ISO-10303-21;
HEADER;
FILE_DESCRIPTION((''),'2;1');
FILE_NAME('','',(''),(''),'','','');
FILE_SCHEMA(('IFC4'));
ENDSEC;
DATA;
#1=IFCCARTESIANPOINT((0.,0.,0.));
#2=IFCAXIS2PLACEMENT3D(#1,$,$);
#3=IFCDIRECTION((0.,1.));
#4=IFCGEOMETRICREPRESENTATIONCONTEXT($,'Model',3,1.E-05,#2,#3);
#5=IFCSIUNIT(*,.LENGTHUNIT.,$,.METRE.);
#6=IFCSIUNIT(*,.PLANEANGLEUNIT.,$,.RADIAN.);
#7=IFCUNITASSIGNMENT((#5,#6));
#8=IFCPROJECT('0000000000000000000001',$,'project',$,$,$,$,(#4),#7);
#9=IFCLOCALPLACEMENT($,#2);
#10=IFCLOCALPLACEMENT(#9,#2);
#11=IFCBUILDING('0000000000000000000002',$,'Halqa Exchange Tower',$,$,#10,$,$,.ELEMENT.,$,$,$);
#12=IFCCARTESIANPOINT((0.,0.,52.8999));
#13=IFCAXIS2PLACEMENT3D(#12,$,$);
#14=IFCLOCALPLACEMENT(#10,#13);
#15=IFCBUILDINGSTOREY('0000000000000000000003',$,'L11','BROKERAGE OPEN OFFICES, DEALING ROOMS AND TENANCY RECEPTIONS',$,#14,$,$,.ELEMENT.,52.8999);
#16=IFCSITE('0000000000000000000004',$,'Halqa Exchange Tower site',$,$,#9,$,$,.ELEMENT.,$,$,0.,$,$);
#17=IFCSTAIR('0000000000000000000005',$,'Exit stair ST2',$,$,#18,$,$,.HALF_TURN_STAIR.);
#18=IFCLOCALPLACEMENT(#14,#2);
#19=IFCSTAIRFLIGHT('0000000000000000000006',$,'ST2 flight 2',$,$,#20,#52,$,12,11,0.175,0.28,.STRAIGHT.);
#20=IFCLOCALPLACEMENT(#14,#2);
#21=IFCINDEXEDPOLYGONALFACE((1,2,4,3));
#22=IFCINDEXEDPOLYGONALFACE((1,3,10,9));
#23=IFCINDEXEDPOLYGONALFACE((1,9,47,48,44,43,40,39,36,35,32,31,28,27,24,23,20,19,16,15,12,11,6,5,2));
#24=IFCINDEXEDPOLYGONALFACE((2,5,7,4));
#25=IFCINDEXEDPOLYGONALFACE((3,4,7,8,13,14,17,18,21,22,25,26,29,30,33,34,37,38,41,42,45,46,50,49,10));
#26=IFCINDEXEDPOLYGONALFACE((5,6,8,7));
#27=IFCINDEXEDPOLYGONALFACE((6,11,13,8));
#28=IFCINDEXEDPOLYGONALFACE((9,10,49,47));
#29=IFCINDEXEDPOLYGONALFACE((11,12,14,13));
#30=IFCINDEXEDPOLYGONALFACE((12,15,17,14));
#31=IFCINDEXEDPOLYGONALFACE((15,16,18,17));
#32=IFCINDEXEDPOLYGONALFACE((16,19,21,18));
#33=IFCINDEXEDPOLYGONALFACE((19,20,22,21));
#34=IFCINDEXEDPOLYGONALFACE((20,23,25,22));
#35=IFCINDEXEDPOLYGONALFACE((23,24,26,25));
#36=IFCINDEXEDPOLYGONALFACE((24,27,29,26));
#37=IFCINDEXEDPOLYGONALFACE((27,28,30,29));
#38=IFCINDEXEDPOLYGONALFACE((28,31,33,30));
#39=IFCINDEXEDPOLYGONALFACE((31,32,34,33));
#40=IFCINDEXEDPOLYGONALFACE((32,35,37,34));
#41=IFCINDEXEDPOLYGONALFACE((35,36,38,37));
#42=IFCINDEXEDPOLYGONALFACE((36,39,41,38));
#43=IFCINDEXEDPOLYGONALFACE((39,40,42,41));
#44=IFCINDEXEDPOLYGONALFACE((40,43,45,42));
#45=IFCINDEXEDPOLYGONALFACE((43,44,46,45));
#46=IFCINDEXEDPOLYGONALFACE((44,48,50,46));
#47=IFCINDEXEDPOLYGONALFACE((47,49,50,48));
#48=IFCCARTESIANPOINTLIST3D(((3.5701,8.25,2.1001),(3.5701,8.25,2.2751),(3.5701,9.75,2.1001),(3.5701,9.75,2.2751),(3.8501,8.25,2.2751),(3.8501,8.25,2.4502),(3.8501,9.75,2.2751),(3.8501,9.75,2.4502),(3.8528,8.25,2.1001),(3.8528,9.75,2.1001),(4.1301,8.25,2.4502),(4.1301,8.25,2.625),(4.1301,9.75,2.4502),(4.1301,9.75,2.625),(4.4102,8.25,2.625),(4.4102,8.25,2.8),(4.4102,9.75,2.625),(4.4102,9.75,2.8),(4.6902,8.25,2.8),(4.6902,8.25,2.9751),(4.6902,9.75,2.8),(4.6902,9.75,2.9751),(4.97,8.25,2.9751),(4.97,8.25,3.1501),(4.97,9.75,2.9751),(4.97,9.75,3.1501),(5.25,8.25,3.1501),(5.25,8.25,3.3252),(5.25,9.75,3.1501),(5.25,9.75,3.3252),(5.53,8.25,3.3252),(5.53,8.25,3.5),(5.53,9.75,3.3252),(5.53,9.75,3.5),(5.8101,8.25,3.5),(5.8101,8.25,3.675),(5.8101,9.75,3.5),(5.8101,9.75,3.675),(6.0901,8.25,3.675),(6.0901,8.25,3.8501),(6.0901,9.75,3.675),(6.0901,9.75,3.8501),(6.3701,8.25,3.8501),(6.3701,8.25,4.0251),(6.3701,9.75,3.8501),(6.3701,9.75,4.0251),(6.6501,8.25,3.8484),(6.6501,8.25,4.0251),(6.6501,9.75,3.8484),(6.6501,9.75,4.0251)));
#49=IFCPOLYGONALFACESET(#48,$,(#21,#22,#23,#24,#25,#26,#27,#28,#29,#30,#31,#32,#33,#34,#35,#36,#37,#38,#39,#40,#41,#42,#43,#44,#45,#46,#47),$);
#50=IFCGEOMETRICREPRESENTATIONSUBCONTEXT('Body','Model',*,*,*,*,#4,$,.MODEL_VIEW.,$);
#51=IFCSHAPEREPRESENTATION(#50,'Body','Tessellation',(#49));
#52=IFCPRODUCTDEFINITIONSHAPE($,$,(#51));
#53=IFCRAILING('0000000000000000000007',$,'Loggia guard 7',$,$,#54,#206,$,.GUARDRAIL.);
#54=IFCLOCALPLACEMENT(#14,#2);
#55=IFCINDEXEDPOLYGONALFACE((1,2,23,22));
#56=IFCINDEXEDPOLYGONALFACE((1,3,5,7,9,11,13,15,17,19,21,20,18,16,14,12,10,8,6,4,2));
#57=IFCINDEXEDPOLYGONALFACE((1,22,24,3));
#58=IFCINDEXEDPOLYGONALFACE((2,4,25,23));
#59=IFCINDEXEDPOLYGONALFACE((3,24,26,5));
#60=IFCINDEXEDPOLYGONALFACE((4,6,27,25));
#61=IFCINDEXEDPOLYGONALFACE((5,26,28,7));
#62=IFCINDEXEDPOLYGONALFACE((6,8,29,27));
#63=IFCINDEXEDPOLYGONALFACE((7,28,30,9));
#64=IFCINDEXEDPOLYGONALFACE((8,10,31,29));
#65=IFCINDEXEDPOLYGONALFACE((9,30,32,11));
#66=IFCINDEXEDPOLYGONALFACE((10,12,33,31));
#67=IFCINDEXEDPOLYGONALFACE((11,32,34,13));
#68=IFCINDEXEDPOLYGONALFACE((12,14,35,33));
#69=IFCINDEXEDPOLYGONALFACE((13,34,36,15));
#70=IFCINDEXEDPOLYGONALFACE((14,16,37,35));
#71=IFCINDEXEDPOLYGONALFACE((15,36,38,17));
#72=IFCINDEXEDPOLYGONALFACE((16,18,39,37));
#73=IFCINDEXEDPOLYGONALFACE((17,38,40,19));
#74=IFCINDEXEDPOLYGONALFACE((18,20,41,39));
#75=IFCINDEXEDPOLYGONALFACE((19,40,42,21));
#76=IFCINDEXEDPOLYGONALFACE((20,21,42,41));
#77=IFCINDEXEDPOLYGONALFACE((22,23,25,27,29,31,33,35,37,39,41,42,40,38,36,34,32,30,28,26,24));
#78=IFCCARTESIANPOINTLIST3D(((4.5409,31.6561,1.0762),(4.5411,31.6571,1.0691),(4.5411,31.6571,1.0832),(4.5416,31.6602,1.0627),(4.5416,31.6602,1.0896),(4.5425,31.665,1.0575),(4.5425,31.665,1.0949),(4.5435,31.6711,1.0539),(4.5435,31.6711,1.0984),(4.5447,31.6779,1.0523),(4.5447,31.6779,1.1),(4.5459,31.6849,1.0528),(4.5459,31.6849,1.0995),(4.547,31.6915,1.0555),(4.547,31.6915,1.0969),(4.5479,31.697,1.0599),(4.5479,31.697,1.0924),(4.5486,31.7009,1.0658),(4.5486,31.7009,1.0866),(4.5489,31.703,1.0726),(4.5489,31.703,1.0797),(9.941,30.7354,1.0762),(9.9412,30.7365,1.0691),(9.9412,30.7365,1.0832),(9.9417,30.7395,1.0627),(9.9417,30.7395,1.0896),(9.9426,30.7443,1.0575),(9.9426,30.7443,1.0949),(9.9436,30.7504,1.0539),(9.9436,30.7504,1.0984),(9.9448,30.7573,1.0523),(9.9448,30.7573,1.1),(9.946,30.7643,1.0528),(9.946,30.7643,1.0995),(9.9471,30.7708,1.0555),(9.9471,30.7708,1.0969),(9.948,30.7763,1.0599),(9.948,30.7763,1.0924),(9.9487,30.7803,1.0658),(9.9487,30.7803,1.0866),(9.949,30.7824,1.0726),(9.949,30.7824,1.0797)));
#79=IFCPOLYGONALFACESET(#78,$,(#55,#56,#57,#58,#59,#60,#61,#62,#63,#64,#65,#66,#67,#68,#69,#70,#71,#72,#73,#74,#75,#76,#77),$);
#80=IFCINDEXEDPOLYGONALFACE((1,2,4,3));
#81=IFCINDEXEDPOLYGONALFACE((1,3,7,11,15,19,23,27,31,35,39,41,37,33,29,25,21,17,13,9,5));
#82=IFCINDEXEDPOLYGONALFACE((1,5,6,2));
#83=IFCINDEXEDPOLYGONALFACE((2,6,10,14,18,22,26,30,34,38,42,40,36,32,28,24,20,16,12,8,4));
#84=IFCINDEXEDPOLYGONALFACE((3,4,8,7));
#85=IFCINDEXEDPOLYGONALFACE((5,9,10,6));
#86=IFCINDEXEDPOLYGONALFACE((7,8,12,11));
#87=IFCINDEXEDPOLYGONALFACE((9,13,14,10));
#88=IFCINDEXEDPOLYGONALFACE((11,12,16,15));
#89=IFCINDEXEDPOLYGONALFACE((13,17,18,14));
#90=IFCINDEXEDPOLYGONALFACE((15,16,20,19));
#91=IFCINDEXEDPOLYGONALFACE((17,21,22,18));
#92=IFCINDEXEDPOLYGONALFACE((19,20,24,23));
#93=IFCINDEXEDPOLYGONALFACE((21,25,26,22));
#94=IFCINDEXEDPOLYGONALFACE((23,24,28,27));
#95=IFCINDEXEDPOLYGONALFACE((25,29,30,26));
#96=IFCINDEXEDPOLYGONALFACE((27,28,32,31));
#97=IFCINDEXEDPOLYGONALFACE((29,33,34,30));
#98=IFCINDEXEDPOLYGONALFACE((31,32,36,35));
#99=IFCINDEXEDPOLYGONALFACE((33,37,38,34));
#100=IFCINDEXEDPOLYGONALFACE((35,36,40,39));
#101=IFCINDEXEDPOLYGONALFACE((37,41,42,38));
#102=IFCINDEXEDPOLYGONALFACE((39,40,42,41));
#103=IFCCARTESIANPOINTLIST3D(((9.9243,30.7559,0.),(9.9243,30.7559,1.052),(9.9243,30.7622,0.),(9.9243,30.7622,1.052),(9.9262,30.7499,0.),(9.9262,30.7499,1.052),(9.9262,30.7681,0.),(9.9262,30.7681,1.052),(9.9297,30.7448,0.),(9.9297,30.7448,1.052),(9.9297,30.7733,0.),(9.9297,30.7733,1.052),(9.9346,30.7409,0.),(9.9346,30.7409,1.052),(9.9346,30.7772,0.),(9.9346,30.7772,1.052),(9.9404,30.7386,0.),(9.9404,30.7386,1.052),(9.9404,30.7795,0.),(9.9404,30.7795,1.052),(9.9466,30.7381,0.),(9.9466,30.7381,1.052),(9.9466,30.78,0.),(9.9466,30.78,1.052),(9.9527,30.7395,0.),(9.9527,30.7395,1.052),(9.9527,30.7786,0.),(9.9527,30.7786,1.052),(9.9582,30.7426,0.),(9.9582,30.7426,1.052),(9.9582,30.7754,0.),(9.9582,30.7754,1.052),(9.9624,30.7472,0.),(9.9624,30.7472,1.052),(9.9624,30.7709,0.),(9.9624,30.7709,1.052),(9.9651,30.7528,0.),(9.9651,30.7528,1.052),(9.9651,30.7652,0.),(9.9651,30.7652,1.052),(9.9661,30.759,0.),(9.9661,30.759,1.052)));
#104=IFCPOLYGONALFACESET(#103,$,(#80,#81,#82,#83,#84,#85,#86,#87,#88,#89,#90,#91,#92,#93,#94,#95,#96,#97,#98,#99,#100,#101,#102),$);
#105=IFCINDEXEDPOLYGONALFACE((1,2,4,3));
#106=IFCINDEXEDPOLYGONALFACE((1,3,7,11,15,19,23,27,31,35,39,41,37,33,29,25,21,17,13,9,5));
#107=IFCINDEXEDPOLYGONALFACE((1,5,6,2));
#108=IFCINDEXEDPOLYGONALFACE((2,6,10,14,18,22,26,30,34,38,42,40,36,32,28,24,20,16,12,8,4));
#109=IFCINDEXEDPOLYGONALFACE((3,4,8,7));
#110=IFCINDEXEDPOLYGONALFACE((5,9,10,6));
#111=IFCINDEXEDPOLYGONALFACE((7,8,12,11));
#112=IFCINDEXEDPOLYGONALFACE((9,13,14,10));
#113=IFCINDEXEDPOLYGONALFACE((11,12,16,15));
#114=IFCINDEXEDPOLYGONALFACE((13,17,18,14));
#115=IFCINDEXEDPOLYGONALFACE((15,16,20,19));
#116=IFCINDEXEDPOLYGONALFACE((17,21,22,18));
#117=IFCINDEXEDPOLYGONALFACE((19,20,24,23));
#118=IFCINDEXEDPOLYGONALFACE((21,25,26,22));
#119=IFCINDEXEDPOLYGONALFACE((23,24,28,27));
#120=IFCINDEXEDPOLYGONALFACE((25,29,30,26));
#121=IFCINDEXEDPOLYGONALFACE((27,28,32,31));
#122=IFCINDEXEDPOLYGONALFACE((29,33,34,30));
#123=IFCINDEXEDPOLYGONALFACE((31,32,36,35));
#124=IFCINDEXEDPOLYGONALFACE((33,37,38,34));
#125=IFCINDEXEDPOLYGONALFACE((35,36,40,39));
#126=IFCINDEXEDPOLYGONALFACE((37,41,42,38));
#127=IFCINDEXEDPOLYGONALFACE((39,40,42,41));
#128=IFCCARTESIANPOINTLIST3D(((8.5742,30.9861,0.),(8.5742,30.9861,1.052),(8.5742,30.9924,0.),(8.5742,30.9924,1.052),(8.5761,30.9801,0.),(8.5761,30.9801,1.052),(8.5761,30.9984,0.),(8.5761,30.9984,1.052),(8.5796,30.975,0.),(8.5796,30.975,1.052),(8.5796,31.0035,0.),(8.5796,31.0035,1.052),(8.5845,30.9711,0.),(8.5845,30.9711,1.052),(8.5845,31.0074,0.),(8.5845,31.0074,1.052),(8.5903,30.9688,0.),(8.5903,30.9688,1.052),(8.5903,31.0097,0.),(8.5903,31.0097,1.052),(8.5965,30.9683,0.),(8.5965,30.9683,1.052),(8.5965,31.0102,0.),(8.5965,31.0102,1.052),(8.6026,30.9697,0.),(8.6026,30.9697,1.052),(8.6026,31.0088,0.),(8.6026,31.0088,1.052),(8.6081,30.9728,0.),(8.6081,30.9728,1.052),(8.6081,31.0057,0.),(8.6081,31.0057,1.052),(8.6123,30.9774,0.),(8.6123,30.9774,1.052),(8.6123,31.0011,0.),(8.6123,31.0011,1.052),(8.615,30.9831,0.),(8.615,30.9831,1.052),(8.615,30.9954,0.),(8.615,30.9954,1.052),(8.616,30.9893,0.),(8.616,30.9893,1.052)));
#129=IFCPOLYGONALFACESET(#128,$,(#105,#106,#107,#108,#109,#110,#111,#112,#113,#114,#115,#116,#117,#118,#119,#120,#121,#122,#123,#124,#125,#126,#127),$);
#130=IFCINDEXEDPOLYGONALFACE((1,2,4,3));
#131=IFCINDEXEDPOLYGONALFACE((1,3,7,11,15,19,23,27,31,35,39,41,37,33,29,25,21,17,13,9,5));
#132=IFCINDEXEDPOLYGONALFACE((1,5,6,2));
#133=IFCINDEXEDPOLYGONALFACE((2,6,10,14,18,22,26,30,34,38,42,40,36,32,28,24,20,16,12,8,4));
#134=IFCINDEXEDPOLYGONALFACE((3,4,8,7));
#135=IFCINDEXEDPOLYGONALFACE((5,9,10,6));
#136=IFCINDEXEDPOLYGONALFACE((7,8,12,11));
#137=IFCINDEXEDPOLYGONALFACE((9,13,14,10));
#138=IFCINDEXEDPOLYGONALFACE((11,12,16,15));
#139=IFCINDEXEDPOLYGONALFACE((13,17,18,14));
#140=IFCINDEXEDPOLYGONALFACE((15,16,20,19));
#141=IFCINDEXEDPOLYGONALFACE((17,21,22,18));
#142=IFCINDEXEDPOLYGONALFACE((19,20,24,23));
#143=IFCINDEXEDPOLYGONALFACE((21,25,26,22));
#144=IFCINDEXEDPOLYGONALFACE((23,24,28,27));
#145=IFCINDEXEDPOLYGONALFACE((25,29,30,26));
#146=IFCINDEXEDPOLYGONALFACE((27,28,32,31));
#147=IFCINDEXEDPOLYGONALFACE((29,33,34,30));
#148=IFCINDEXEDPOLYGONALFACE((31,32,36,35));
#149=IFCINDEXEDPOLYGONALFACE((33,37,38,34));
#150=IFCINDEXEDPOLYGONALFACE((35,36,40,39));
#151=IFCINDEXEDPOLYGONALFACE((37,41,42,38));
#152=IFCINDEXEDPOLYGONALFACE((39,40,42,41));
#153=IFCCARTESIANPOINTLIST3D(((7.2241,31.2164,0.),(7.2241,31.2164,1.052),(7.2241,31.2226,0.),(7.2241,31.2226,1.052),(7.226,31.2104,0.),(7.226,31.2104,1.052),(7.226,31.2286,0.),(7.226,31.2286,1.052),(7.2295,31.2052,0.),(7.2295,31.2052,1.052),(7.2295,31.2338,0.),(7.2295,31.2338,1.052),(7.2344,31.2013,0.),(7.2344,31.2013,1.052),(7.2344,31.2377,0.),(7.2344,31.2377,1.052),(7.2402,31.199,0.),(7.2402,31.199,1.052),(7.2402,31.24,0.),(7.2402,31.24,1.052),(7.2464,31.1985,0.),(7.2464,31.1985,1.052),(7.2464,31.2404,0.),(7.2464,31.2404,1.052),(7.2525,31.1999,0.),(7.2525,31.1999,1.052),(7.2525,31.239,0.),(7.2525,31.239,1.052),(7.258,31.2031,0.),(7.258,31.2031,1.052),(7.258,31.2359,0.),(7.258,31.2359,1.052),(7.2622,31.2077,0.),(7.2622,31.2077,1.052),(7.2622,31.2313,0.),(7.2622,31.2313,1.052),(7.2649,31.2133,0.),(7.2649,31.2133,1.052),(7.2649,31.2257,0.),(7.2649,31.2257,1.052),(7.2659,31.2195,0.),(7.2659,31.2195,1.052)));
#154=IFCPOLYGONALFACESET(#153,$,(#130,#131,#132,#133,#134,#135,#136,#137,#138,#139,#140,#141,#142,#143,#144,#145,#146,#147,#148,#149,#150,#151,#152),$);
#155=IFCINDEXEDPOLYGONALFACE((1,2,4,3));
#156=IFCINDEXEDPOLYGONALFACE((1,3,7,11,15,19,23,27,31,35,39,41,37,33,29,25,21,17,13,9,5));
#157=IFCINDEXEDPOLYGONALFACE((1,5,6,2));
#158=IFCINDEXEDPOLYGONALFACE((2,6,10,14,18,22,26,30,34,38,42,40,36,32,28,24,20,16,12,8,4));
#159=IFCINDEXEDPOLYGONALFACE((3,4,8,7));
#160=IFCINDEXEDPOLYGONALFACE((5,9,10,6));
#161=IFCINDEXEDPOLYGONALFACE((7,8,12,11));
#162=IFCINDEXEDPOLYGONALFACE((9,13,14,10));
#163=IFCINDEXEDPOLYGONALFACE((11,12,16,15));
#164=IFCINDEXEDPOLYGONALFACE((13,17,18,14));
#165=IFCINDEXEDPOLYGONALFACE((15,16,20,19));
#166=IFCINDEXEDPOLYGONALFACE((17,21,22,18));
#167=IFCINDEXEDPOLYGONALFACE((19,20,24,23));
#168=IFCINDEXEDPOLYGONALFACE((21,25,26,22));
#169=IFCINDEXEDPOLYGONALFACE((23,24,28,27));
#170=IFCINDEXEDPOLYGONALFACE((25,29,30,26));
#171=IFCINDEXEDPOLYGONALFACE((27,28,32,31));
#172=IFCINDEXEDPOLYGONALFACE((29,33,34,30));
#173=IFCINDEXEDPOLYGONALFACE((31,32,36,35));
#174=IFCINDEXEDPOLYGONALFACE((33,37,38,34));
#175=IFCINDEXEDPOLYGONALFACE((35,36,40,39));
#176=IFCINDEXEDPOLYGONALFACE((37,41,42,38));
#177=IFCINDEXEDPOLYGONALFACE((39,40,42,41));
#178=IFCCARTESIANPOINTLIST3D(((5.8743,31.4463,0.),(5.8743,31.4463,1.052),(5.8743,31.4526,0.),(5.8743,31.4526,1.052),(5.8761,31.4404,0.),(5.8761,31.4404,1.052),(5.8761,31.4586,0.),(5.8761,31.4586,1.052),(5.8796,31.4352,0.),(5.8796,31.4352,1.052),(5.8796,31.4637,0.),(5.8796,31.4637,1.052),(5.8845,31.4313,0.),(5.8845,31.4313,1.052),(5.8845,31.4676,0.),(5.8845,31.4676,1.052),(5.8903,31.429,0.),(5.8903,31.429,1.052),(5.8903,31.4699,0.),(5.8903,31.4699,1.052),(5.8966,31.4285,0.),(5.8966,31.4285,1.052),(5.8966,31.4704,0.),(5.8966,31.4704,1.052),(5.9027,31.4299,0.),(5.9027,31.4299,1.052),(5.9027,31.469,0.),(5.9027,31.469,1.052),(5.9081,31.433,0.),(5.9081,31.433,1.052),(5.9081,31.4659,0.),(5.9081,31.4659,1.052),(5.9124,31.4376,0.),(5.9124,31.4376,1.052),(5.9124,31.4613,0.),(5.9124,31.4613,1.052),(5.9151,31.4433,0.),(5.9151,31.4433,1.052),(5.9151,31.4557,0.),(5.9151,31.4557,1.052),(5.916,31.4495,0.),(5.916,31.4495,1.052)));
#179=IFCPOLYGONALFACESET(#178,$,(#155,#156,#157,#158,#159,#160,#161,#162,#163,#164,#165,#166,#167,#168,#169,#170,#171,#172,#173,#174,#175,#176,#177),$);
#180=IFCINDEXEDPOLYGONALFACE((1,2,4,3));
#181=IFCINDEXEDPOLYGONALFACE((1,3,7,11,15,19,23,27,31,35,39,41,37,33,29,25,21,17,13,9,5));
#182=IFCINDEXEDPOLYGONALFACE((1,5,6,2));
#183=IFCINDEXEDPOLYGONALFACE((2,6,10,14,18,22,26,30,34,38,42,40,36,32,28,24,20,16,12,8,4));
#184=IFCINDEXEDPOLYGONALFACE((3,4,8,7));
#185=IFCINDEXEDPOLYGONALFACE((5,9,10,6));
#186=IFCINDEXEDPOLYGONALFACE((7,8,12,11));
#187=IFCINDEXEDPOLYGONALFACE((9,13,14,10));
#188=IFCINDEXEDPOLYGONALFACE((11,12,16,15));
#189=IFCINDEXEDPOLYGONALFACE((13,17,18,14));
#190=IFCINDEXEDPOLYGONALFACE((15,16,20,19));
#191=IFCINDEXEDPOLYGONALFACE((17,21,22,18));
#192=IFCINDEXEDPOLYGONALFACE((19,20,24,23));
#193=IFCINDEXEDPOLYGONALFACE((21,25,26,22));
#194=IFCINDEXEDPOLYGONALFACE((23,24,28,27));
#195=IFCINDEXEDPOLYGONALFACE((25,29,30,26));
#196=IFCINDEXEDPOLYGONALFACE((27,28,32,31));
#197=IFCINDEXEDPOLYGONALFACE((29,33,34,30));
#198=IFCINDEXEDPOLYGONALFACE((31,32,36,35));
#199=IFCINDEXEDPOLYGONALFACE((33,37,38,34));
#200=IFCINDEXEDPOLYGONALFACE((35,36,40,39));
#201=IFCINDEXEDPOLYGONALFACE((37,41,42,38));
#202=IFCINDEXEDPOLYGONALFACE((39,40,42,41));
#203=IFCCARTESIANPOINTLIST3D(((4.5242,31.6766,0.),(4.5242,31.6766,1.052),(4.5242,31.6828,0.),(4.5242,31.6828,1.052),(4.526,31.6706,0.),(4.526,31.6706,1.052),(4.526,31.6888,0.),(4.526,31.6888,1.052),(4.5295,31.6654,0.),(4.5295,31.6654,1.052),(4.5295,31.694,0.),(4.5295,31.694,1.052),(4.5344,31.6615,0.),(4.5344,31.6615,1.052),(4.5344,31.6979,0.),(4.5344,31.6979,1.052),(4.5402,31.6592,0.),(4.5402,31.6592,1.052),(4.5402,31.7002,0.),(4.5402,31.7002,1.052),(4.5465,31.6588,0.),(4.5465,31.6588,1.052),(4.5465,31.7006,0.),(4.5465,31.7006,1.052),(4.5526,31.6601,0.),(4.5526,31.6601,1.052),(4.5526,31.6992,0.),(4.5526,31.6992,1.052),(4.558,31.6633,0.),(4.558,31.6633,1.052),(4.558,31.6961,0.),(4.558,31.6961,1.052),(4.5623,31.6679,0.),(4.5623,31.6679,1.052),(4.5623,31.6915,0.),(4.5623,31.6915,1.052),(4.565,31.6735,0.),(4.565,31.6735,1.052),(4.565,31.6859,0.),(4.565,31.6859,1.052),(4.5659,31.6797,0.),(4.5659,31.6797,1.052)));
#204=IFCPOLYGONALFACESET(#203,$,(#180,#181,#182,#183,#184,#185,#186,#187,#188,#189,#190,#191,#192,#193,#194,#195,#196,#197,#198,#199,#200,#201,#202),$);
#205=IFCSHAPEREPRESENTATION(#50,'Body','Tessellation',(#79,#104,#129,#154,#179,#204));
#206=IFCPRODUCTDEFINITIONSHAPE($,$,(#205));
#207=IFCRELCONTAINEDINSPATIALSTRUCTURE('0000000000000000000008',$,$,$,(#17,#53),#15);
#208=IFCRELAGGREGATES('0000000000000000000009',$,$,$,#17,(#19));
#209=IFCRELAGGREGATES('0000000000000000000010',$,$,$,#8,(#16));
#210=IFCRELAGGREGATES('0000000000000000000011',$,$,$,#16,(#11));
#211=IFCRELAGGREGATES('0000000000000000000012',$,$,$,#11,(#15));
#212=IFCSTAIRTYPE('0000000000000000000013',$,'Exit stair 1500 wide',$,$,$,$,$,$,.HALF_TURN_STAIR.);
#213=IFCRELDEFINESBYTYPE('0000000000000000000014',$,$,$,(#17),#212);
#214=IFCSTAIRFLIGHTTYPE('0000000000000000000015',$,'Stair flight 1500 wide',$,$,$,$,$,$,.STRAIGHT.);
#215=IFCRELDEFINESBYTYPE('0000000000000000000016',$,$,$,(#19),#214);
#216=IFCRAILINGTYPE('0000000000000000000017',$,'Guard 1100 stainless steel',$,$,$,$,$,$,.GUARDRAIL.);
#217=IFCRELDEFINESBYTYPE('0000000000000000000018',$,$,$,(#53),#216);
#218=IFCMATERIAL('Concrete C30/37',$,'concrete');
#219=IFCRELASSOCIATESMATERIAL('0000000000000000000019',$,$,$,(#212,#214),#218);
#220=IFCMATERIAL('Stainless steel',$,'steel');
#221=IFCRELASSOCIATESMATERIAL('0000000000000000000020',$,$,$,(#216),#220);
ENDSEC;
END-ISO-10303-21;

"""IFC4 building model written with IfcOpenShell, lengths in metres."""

from ifc_helpers import new_model, si_unit, direction, frame, origin, origin_2d, place, context, subcontext, project, spatial, polyline, circle, outline, extrude, material, type_object, element, aggregate, save


model = new_model("IFC4")

# Units and contexts
model_context = context("Model", 3, precision=1e-05, world=origin(), true_north=direction((0.0, 1.0)))
body_context = subcontext(model_context, "Body", "Model", "MODEL_VIEW")
ifc_project = project(units=[si_unit("LENGTHUNIT", "METRE"), si_unit("PLANEANGLEUNIT", "RADIAN")], contexts=[model_context])

# Site, building, storey
site_placement = place(None, origin())
site = spatial("IfcSite", under=ifc_project, at=site_placement, Name="Halqa Exchange Tower site", CompositionType="ELEMENT", RefElevation=0.0)
building_placement = place(site_placement, origin())
building = spatial("IfcBuilding", under=site, at=building_placement, Name="Halqa Exchange Tower", CompositionType="ELEMENT")
storey_placement = place(building_placement, frame((0.0, 0.0, 52.8999)))
storey = spatial("IfcBuildingStorey", under=building, at=storey_placement, Name="L11", Description="BROKERAGE OPEN OFFICES, DEALING ROOMS AND TENANCY RECEPTIONS", CompositionType="ELEMENT", Elevation=52.8999)

# Stair
ifc_material_1 = material(Name="Concrete C30/37", Category="concrete")
stair_type = type_object("IfcStairType", Name="Exit stair 1500 wide", PredefinedType="HALF_TURN_STAIR", material=ifc_material_1)
stair_1_placement = place(storey_placement, origin())
stair_1 = element("IfcStair", 1, at=stair_1_placement, inside=storey, type_object=stair_type, Name="Exit stair ST2", PredefinedType="HALF_TURN_STAIR")

# Stair flight
stair_flight_type = type_object("IfcStairFlightType", Name="Stair flight 1500 wide", PredefinedType="STRAIGHT", material=ifc_material_1)
stair_flight_1_placement = place(storey_placement, frame((3.5701, 9.0, 2.1001), z_axis=(0.0, 0.0, 1.0), x_axis=(1.0, 0.0, 0.0)))
stair_flight_1 = element("IfcStairFlight", 2, at=stair_flight_1_placement, type_object=stair_flight_type, Name="ST2 flight 2", NumberOfRisers=12, NumberOfTreads=11, PredefinedType="STRAIGHT", RiserHeight=0.175, TreadLength=0.28, context=body_context, shape_type="SweptSolid", body=[
    extrude(outline(polyline([(0.0, 0.0), (0.0, 0.175), (0.28, 0.175), (0.28, 0.3501), (0.5601, 0.3501), (0.5601, 0.5249), (0.8401, 0.5249), (0.8401, 0.7), (1.1201, 0.7), (1.1201, 0.875), (1.3999, 0.875), (1.3999, 1.05), (1.6799, 1.05), (1.6799, 1.2251), (1.96, 1.2251), (1.96, 1.3999), (2.24, 1.3999), (2.24, 1.575), (2.52, 1.575), (2.52, 1.75), (2.8, 1.75), (2.8, 1.925), (3.0801, 1.925), (3.0801, 2.1001), (3.0801, 1.7483), (0.2827, 0.0), (0.0, 0.0)])), frame((0.0, 0.75, 0.0), z_axis=(0.0, -1.0, 0.0), x_axis=(1.0, 0.0, 0.0)), (0.0, 0.0, 1.0), 1.5),
])
aggregate(stair_1, [stair_flight_1])

# Railing
ifc_material_2 = material(Name="Stainless steel", Category="steel")
railing_type_1 = type_object("IfcRailingType", Name="Guard 1100 stainless steel", PredefinedType="GUARDRAIL", material=ifc_material_2)
railing_1_placement = place(storey_placement, frame((9.9451, 30.759, 0.0)))
element("IfcRailing", 3, at=railing_1_placement, inside=storey, type_object=railing_type_1, Name="Loggia guard 7", PredefinedType="GUARDRAIL", context=body_context, shape_type="SweptSolid", body=[
    extrude(circle(Radius=0.0239, at=origin_2d()), frame((0.0, 0.0, 1.0762), z_axis=(-0.985776, 0.168062, 0.0), x_axis=(-0.168062, -0.985776, 0.0)), (0.0, 0.0, 1.0), 5.478),
    extrude(circle(Radius=0.021, at=origin_2d()), origin(), (0.0, 0.0, 1.0), 1.052),
    extrude(circle(Radius=0.021, at=origin_2d()), frame((-1.3501, 0.2302, 0.0)), (0.0, 0.0, 1.0), 1.052),
    extrude(circle(Radius=0.021, at=origin_2d()), frame((-2.7002, 0.4604, 0.0)), (0.0, 0.0, 1.0), 1.052),
    extrude(circle(Radius=0.021, at=origin_2d()), frame((-4.05, 0.6904, 0.0)), (0.0, 0.0, 1.0), 1.052),
    extrude(circle(Radius=0.021, at=origin_2d()), frame((-5.4001, 0.9207, 0.0)), (0.0, 0.0, 1.0), 1.052),
])

save(model, "model.ifc")
